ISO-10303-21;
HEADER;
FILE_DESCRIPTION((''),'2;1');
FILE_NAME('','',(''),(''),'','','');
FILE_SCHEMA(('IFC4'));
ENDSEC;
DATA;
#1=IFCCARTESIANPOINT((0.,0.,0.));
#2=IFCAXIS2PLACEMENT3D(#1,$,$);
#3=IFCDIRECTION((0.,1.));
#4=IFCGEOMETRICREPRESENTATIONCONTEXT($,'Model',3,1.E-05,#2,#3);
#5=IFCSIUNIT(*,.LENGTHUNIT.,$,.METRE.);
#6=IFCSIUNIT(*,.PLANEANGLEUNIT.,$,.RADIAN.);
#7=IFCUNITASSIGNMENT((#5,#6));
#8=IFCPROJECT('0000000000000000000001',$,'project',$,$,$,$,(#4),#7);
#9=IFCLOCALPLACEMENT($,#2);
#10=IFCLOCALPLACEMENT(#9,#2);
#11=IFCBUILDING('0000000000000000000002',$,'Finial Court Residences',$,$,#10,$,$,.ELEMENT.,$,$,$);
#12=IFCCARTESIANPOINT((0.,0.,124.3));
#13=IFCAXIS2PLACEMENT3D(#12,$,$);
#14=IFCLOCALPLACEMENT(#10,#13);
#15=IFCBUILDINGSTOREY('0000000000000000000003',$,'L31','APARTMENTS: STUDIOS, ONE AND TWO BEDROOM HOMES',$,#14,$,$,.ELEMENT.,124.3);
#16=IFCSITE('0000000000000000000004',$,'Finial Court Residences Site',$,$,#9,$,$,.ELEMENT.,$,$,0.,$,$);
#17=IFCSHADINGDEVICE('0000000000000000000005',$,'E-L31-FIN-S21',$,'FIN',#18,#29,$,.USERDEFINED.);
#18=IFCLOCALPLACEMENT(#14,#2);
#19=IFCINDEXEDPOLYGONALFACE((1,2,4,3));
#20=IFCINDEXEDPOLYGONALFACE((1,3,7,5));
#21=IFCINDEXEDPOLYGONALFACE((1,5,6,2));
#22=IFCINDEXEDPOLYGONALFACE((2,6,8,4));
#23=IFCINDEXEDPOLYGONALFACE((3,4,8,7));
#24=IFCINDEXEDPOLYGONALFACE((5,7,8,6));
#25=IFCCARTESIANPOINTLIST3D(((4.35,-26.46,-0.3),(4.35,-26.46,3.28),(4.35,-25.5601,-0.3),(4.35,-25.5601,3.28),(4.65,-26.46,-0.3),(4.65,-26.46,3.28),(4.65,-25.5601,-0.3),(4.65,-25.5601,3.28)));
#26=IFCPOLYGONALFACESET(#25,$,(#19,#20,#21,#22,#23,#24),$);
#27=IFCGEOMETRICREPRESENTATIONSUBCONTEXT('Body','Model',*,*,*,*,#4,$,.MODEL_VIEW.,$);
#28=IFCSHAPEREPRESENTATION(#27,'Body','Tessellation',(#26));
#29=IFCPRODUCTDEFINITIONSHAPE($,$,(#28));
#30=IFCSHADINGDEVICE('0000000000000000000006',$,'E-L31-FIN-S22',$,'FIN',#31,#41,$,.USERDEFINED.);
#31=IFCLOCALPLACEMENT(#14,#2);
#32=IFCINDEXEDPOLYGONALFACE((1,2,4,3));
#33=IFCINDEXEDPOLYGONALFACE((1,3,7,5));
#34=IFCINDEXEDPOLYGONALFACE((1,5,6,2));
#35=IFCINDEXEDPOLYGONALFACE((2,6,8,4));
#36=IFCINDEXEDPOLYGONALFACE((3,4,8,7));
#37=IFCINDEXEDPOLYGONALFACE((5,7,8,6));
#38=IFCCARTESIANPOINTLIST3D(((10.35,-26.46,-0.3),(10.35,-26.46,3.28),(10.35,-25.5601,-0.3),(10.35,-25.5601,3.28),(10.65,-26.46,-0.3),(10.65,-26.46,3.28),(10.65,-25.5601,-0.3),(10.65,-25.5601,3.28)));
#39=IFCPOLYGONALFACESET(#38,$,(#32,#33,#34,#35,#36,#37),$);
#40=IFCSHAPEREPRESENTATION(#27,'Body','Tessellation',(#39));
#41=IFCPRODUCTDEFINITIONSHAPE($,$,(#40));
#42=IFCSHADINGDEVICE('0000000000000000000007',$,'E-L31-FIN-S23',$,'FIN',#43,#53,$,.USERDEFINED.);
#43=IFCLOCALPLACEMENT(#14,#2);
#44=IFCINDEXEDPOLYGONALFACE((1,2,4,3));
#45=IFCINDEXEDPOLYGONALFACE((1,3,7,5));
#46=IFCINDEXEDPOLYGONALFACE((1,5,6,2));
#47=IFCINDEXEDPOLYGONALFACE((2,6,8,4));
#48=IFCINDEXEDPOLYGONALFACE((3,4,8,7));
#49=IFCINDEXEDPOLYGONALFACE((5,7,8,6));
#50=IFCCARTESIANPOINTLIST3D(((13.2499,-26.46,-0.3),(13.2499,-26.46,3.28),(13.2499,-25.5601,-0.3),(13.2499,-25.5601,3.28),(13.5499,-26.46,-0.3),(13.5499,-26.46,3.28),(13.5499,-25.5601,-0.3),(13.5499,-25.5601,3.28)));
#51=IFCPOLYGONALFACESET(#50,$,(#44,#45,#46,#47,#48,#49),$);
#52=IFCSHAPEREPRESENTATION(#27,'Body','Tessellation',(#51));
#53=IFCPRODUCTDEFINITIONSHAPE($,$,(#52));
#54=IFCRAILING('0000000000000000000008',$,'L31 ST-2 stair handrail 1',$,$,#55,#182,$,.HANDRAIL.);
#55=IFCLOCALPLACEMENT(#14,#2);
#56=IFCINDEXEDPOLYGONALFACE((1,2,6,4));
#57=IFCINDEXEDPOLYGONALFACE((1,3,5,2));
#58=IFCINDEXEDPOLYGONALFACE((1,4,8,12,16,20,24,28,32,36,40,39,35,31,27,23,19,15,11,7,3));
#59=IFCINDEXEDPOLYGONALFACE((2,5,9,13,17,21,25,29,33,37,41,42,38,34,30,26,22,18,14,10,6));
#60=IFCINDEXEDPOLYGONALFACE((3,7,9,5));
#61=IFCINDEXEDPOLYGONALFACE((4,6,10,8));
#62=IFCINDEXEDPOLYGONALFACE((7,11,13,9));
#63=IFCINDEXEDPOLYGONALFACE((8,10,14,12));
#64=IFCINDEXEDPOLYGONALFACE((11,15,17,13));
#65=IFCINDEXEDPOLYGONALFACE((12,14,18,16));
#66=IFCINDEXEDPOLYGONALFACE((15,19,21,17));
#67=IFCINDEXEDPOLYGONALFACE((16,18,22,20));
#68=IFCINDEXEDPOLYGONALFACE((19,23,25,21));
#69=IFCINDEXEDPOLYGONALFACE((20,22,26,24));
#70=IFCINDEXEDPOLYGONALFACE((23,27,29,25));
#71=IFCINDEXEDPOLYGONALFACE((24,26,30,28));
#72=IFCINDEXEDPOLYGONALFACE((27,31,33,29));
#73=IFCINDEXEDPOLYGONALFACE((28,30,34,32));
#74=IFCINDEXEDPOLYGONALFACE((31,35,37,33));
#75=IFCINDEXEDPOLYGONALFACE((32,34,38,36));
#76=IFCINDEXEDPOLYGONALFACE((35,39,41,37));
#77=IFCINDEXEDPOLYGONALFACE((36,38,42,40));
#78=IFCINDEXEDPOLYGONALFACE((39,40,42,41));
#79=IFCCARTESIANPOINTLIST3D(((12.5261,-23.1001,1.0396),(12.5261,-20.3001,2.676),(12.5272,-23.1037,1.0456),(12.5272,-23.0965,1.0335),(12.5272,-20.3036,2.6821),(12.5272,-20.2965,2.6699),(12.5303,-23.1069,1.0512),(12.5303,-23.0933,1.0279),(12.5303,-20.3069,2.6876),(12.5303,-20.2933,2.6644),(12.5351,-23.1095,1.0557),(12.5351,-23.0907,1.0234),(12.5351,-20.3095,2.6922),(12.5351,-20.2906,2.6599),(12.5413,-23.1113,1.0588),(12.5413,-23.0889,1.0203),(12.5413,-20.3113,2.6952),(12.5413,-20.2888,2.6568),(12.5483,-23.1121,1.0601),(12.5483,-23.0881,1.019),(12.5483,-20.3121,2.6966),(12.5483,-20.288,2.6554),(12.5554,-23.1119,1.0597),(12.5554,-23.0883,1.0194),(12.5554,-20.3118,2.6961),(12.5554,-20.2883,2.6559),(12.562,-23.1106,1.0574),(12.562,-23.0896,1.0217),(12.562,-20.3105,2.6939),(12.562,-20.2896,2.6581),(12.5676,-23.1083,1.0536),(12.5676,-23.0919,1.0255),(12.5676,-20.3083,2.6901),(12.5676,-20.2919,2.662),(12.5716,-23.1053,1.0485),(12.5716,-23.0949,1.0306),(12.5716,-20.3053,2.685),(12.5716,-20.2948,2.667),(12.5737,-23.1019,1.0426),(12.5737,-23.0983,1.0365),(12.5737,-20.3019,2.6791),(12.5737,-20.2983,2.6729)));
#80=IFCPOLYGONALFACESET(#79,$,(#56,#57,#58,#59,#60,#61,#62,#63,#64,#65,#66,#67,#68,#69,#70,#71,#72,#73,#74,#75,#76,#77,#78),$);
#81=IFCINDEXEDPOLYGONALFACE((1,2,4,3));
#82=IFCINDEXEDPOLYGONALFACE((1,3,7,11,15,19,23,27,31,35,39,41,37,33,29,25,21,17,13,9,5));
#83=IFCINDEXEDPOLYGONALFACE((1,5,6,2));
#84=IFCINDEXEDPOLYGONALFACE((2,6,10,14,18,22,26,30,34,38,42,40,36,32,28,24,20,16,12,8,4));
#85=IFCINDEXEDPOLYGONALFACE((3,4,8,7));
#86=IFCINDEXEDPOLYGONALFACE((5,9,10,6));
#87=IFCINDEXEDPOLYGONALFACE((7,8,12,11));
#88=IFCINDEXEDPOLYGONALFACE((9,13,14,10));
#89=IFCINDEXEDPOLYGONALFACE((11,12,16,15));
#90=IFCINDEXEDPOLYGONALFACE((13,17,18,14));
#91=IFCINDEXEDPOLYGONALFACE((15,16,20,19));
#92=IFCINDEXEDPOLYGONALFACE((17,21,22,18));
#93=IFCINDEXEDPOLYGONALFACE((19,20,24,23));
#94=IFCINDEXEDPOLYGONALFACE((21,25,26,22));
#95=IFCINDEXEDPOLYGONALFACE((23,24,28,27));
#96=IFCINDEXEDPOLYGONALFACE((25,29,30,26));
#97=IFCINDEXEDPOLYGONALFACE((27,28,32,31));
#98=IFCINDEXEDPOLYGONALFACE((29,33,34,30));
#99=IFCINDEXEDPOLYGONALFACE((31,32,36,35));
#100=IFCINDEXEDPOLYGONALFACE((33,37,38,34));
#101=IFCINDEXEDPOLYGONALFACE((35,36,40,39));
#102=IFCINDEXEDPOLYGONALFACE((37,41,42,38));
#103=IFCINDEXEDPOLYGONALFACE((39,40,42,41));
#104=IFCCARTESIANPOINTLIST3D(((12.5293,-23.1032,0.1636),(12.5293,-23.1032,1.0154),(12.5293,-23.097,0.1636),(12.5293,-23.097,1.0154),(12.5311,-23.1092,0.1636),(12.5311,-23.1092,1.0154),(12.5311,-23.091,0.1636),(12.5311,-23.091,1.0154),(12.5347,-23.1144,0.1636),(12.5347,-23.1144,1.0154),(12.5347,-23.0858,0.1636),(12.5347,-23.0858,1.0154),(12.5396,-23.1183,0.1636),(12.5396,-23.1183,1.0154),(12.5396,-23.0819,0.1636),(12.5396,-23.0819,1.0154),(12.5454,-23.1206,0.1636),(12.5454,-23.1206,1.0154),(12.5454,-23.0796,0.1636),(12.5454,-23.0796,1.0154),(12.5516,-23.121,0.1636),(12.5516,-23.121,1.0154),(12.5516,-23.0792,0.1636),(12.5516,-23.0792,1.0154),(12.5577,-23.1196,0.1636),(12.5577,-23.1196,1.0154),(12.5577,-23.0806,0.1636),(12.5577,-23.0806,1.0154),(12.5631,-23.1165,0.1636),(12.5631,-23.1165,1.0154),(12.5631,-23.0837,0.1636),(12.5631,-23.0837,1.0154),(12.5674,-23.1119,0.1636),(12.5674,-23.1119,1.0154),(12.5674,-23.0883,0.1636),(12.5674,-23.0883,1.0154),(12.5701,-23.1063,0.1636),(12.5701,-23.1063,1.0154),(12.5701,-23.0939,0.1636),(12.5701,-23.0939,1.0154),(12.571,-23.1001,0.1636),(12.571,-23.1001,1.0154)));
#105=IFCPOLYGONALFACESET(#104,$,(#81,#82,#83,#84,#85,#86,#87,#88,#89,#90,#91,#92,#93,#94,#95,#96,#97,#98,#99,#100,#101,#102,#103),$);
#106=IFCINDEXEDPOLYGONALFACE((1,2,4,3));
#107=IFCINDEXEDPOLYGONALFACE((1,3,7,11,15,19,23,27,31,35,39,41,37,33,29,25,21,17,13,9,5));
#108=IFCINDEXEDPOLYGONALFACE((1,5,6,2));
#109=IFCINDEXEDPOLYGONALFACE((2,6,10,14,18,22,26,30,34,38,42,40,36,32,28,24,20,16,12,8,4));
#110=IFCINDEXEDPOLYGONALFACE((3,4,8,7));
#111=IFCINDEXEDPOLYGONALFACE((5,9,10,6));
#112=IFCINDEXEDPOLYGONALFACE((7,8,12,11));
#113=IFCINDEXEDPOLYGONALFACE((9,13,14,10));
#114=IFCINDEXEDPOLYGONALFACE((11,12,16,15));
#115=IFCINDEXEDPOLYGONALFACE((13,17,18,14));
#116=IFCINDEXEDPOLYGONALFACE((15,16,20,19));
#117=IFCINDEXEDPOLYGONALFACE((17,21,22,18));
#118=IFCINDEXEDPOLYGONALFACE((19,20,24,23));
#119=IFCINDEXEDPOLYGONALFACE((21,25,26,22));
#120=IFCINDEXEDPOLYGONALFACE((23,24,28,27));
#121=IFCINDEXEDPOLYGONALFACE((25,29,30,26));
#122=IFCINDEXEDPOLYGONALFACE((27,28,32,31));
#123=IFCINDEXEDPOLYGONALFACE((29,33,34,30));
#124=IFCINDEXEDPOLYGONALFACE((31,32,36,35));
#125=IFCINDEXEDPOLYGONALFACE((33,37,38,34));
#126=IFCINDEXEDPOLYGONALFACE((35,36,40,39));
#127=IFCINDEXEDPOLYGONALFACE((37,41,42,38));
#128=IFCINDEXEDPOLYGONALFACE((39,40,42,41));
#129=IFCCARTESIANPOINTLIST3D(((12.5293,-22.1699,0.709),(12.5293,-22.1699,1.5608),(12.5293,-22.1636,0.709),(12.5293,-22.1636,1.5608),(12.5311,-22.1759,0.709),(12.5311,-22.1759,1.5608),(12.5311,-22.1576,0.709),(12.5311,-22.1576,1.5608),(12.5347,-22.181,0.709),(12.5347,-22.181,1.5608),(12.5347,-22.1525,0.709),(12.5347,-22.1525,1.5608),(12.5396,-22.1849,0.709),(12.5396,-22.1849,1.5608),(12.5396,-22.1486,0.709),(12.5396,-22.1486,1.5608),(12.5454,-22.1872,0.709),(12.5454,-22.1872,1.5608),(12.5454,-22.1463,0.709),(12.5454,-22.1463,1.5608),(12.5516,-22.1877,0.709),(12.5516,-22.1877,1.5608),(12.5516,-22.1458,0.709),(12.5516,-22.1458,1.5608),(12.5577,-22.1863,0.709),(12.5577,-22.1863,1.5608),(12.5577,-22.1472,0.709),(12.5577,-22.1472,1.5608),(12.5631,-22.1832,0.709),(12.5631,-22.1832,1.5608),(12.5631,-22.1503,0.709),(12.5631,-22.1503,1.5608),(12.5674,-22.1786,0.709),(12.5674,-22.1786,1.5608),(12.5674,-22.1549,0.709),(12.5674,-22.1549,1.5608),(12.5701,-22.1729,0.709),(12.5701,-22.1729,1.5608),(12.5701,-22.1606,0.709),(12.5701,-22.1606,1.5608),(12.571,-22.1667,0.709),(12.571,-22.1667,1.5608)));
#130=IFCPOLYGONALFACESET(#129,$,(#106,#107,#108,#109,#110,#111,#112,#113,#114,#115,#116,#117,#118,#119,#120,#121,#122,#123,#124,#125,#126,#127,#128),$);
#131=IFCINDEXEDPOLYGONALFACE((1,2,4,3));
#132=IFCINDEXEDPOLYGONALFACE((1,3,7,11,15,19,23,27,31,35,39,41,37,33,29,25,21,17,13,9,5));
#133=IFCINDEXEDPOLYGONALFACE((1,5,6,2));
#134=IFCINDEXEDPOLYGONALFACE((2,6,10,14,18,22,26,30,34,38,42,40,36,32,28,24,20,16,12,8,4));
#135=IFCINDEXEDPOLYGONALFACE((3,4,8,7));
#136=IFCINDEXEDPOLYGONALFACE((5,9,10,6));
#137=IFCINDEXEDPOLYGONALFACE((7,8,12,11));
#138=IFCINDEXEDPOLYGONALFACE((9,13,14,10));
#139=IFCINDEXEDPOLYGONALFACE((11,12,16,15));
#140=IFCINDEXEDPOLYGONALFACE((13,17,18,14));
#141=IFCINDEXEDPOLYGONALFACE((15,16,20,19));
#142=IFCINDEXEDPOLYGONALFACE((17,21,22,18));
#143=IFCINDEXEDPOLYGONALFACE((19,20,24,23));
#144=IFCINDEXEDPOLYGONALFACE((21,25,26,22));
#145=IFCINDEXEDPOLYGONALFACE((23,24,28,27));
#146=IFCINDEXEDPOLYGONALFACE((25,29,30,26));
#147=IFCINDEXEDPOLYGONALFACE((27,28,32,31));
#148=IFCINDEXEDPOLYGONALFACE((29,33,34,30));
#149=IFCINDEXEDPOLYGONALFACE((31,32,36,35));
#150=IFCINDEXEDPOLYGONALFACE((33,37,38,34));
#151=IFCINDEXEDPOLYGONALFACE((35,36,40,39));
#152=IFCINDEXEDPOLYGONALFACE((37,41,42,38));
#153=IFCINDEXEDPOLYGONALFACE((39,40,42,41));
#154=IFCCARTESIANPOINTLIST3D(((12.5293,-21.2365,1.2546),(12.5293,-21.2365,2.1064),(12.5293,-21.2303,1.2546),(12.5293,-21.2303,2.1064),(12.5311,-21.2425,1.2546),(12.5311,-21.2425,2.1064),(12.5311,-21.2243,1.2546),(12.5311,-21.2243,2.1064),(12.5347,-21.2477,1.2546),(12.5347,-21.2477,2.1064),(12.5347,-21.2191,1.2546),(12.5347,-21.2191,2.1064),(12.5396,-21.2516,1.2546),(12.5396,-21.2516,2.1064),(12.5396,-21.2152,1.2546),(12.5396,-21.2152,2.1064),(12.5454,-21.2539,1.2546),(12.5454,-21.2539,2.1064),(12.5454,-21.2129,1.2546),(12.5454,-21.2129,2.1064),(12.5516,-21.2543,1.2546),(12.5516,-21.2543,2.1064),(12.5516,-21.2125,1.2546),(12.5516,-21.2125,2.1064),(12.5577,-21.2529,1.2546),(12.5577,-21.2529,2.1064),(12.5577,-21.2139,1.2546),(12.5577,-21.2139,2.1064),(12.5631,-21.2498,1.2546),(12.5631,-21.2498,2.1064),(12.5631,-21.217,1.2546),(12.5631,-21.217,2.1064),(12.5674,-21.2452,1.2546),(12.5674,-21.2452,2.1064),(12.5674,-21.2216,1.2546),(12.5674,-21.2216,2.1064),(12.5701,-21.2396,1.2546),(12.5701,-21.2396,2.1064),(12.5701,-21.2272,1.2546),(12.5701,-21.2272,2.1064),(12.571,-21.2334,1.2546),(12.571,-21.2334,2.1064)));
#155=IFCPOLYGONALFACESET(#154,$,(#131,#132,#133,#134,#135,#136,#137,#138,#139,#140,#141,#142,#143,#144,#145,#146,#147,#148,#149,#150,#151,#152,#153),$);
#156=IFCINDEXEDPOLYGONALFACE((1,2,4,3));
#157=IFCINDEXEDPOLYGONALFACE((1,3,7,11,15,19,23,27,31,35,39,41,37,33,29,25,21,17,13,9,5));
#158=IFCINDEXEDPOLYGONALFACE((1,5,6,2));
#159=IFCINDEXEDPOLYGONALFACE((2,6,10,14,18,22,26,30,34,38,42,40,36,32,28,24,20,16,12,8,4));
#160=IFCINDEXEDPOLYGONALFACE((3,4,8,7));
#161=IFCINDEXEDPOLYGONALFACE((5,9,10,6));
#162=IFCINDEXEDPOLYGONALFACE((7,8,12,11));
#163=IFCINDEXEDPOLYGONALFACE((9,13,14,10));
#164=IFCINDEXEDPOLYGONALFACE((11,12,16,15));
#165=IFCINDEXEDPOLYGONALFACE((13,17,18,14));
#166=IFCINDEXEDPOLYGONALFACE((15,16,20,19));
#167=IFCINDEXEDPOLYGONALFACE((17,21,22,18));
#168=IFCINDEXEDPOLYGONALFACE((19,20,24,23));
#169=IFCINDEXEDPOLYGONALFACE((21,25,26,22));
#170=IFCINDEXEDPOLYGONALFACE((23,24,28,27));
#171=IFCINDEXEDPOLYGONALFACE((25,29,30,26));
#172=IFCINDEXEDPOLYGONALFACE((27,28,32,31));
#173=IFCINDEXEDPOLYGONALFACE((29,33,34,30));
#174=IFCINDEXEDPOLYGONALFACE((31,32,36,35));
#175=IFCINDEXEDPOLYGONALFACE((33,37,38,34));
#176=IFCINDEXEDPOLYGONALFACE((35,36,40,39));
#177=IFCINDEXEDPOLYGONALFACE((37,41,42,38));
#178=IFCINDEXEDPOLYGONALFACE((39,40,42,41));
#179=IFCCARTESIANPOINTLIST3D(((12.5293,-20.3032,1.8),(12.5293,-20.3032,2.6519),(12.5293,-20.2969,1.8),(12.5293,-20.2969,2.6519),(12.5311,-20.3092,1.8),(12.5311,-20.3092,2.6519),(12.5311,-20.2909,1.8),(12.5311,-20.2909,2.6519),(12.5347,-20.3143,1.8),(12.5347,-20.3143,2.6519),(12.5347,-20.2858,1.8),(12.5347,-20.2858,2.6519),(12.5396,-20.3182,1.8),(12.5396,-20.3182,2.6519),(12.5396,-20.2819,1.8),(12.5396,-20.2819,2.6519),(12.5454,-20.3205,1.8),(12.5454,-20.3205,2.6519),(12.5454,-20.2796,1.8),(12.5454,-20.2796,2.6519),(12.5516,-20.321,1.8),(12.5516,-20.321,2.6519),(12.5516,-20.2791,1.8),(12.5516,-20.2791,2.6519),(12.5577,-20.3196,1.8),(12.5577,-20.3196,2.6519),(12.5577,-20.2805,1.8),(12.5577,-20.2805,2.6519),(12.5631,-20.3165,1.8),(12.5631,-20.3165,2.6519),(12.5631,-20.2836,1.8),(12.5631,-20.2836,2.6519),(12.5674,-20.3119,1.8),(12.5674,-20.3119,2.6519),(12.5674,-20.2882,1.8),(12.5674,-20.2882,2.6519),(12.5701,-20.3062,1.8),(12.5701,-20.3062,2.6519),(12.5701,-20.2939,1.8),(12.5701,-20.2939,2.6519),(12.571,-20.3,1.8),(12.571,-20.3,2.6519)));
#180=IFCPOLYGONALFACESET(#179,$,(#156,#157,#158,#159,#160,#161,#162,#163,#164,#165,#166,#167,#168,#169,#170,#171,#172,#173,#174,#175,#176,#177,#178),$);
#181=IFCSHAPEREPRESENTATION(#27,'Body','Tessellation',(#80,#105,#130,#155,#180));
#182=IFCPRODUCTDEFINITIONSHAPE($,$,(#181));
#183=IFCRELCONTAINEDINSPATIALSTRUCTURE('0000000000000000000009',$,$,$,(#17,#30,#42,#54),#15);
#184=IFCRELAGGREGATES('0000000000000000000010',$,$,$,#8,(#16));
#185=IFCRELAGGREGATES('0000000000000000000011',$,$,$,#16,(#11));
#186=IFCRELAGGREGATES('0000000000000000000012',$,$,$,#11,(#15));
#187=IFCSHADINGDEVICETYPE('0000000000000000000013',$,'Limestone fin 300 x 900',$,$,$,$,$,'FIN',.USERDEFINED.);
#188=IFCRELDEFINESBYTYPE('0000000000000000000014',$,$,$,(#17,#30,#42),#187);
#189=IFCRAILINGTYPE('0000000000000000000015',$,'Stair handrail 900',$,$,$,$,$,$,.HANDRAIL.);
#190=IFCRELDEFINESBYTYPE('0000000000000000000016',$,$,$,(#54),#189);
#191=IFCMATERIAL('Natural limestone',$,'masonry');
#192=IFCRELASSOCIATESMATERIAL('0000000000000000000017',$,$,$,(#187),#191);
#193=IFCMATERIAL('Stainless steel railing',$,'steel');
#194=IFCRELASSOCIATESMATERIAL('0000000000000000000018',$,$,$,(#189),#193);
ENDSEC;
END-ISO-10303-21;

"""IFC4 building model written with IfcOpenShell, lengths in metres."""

from ifc_helpers import new_model, si_unit, direction, frame, origin, origin_2d, place, context, subcontext, project, spatial, rectangle, circle, extrude, material, type_object, element, save


model = new_model("IFC4")

# Units and contexts
model_context = context("Model", 3, precision=1e-05, world=origin(), true_north=direction((0.0, 1.0)))
body_context = subcontext(model_context, "Body", "Model", "MODEL_VIEW")
ifc_project = project(units=[si_unit("LENGTHUNIT", "METRE"), si_unit("PLANEANGLEUNIT", "RADIAN")], contexts=[model_context])

# Site, building, storey
site_placement = place(None, origin())
site = spatial("IfcSite", under=ifc_project, at=site_placement, Name="Finial Court Residences Site", CompositionType="ELEMENT", RefElevation=0.0)
building_placement = place(site_placement, origin())
building = spatial("IfcBuilding", under=site, at=building_placement, Name="Finial Court Residences", CompositionType="ELEMENT")
storey_placement = place(building_placement, frame((0.0, 0.0, 124.3)))
storey = spatial("IfcBuildingStorey", under=building, at=storey_placement, Name="L31", Description="APARTMENTS: STUDIOS, ONE AND TWO BEDROOM HOMES", CompositionType="ELEMENT", Elevation=124.3)

# Shading devices
ifc_material_1 = material(Name="Natural limestone", Category="masonry")
shading_device_type = type_object("IfcShadingDeviceType", Name="Limestone fin 300 x 900", ElementType="FIN", PredefinedType="USERDEFINED", material=ifc_material_1)
for number, where, z_axis, x_axis, name in (
    (1, (4.5, -26.01, -0.3), (0.0, 0.0, 1.0), (1.0, 0.0, 0.0), "E-L31-FIN-S21"),
    (2, (10.5, -26.01, -0.3), (0.0, 0.0, 1.0), (1.0, 0.0, 0.0), "E-L31-FIN-S22"),
    (3, (13.3999, -26.01, -0.3), (0.0, 0.0, 1.0), (1.0, 0.0, 0.0), "E-L31-FIN-S23"),
):
    element("IfcShadingDevice", number, at=place(storey_placement, frame(where, z_axis=z_axis, x_axis=x_axis)), inside=storey, type_object=shading_device_type, Name=name, ObjectType="FIN", PredefinedType="USERDEFINED", context=body_context, shape_type="SweptSolid", body=[
        extrude(rectangle(XDim=0.3, YDim=0.8999, at=origin_2d()), origin(), (0.0, 0.0, 1.0), 3.5801),
    ])

# Railing
ifc_material_2 = material(Name="Stainless steel railing", Category="steel")
railing_type_1 = type_object("IfcRailingType", Name="Stair handrail 900", PredefinedType="HANDRAIL", material=ifc_material_2)
railing_1_placement = place(storey_placement, frame((12.55, -23.1001, 0.1636)))
element("IfcRailing", 4, at=railing_1_placement, inside=storey, type_object=railing_type_1, Name="L31 ST-2 stair handrail 1", PredefinedType="HANDRAIL", context=body_context, shape_type="SweptSolid", body=[
    extrude(circle(Radius=0.0239, at=origin_2d()), frame((0.0, 0.0, 0.876), z_axis=(0.0, 0.863361, 0.504587), x_axis=(-1.0, 0.0, 0.0)), (0.0, 0.0, 1.0), 3.2432),
    extrude(circle(Radius=0.021, at=origin_2d()), origin(), (0.0, 0.0, 1.0), 0.8518),
    extrude(circle(Radius=0.021, at=origin_2d()), frame((0.0, 0.9333, 0.5454)), (0.0, 0.0, 1.0), 0.8518),
    extrude(circle(Radius=0.021, at=origin_2d()), frame((0.0, 1.8667, 1.0911)), (0.0, 0.0, 1.0), 0.8518),
    extrude(circle(Radius=0.021, at=origin_2d()), frame((0.0, 2.8, 1.6365)), (0.0, 0.0, 1.0), 0.8518),
])

save(model, "model.ifc")
